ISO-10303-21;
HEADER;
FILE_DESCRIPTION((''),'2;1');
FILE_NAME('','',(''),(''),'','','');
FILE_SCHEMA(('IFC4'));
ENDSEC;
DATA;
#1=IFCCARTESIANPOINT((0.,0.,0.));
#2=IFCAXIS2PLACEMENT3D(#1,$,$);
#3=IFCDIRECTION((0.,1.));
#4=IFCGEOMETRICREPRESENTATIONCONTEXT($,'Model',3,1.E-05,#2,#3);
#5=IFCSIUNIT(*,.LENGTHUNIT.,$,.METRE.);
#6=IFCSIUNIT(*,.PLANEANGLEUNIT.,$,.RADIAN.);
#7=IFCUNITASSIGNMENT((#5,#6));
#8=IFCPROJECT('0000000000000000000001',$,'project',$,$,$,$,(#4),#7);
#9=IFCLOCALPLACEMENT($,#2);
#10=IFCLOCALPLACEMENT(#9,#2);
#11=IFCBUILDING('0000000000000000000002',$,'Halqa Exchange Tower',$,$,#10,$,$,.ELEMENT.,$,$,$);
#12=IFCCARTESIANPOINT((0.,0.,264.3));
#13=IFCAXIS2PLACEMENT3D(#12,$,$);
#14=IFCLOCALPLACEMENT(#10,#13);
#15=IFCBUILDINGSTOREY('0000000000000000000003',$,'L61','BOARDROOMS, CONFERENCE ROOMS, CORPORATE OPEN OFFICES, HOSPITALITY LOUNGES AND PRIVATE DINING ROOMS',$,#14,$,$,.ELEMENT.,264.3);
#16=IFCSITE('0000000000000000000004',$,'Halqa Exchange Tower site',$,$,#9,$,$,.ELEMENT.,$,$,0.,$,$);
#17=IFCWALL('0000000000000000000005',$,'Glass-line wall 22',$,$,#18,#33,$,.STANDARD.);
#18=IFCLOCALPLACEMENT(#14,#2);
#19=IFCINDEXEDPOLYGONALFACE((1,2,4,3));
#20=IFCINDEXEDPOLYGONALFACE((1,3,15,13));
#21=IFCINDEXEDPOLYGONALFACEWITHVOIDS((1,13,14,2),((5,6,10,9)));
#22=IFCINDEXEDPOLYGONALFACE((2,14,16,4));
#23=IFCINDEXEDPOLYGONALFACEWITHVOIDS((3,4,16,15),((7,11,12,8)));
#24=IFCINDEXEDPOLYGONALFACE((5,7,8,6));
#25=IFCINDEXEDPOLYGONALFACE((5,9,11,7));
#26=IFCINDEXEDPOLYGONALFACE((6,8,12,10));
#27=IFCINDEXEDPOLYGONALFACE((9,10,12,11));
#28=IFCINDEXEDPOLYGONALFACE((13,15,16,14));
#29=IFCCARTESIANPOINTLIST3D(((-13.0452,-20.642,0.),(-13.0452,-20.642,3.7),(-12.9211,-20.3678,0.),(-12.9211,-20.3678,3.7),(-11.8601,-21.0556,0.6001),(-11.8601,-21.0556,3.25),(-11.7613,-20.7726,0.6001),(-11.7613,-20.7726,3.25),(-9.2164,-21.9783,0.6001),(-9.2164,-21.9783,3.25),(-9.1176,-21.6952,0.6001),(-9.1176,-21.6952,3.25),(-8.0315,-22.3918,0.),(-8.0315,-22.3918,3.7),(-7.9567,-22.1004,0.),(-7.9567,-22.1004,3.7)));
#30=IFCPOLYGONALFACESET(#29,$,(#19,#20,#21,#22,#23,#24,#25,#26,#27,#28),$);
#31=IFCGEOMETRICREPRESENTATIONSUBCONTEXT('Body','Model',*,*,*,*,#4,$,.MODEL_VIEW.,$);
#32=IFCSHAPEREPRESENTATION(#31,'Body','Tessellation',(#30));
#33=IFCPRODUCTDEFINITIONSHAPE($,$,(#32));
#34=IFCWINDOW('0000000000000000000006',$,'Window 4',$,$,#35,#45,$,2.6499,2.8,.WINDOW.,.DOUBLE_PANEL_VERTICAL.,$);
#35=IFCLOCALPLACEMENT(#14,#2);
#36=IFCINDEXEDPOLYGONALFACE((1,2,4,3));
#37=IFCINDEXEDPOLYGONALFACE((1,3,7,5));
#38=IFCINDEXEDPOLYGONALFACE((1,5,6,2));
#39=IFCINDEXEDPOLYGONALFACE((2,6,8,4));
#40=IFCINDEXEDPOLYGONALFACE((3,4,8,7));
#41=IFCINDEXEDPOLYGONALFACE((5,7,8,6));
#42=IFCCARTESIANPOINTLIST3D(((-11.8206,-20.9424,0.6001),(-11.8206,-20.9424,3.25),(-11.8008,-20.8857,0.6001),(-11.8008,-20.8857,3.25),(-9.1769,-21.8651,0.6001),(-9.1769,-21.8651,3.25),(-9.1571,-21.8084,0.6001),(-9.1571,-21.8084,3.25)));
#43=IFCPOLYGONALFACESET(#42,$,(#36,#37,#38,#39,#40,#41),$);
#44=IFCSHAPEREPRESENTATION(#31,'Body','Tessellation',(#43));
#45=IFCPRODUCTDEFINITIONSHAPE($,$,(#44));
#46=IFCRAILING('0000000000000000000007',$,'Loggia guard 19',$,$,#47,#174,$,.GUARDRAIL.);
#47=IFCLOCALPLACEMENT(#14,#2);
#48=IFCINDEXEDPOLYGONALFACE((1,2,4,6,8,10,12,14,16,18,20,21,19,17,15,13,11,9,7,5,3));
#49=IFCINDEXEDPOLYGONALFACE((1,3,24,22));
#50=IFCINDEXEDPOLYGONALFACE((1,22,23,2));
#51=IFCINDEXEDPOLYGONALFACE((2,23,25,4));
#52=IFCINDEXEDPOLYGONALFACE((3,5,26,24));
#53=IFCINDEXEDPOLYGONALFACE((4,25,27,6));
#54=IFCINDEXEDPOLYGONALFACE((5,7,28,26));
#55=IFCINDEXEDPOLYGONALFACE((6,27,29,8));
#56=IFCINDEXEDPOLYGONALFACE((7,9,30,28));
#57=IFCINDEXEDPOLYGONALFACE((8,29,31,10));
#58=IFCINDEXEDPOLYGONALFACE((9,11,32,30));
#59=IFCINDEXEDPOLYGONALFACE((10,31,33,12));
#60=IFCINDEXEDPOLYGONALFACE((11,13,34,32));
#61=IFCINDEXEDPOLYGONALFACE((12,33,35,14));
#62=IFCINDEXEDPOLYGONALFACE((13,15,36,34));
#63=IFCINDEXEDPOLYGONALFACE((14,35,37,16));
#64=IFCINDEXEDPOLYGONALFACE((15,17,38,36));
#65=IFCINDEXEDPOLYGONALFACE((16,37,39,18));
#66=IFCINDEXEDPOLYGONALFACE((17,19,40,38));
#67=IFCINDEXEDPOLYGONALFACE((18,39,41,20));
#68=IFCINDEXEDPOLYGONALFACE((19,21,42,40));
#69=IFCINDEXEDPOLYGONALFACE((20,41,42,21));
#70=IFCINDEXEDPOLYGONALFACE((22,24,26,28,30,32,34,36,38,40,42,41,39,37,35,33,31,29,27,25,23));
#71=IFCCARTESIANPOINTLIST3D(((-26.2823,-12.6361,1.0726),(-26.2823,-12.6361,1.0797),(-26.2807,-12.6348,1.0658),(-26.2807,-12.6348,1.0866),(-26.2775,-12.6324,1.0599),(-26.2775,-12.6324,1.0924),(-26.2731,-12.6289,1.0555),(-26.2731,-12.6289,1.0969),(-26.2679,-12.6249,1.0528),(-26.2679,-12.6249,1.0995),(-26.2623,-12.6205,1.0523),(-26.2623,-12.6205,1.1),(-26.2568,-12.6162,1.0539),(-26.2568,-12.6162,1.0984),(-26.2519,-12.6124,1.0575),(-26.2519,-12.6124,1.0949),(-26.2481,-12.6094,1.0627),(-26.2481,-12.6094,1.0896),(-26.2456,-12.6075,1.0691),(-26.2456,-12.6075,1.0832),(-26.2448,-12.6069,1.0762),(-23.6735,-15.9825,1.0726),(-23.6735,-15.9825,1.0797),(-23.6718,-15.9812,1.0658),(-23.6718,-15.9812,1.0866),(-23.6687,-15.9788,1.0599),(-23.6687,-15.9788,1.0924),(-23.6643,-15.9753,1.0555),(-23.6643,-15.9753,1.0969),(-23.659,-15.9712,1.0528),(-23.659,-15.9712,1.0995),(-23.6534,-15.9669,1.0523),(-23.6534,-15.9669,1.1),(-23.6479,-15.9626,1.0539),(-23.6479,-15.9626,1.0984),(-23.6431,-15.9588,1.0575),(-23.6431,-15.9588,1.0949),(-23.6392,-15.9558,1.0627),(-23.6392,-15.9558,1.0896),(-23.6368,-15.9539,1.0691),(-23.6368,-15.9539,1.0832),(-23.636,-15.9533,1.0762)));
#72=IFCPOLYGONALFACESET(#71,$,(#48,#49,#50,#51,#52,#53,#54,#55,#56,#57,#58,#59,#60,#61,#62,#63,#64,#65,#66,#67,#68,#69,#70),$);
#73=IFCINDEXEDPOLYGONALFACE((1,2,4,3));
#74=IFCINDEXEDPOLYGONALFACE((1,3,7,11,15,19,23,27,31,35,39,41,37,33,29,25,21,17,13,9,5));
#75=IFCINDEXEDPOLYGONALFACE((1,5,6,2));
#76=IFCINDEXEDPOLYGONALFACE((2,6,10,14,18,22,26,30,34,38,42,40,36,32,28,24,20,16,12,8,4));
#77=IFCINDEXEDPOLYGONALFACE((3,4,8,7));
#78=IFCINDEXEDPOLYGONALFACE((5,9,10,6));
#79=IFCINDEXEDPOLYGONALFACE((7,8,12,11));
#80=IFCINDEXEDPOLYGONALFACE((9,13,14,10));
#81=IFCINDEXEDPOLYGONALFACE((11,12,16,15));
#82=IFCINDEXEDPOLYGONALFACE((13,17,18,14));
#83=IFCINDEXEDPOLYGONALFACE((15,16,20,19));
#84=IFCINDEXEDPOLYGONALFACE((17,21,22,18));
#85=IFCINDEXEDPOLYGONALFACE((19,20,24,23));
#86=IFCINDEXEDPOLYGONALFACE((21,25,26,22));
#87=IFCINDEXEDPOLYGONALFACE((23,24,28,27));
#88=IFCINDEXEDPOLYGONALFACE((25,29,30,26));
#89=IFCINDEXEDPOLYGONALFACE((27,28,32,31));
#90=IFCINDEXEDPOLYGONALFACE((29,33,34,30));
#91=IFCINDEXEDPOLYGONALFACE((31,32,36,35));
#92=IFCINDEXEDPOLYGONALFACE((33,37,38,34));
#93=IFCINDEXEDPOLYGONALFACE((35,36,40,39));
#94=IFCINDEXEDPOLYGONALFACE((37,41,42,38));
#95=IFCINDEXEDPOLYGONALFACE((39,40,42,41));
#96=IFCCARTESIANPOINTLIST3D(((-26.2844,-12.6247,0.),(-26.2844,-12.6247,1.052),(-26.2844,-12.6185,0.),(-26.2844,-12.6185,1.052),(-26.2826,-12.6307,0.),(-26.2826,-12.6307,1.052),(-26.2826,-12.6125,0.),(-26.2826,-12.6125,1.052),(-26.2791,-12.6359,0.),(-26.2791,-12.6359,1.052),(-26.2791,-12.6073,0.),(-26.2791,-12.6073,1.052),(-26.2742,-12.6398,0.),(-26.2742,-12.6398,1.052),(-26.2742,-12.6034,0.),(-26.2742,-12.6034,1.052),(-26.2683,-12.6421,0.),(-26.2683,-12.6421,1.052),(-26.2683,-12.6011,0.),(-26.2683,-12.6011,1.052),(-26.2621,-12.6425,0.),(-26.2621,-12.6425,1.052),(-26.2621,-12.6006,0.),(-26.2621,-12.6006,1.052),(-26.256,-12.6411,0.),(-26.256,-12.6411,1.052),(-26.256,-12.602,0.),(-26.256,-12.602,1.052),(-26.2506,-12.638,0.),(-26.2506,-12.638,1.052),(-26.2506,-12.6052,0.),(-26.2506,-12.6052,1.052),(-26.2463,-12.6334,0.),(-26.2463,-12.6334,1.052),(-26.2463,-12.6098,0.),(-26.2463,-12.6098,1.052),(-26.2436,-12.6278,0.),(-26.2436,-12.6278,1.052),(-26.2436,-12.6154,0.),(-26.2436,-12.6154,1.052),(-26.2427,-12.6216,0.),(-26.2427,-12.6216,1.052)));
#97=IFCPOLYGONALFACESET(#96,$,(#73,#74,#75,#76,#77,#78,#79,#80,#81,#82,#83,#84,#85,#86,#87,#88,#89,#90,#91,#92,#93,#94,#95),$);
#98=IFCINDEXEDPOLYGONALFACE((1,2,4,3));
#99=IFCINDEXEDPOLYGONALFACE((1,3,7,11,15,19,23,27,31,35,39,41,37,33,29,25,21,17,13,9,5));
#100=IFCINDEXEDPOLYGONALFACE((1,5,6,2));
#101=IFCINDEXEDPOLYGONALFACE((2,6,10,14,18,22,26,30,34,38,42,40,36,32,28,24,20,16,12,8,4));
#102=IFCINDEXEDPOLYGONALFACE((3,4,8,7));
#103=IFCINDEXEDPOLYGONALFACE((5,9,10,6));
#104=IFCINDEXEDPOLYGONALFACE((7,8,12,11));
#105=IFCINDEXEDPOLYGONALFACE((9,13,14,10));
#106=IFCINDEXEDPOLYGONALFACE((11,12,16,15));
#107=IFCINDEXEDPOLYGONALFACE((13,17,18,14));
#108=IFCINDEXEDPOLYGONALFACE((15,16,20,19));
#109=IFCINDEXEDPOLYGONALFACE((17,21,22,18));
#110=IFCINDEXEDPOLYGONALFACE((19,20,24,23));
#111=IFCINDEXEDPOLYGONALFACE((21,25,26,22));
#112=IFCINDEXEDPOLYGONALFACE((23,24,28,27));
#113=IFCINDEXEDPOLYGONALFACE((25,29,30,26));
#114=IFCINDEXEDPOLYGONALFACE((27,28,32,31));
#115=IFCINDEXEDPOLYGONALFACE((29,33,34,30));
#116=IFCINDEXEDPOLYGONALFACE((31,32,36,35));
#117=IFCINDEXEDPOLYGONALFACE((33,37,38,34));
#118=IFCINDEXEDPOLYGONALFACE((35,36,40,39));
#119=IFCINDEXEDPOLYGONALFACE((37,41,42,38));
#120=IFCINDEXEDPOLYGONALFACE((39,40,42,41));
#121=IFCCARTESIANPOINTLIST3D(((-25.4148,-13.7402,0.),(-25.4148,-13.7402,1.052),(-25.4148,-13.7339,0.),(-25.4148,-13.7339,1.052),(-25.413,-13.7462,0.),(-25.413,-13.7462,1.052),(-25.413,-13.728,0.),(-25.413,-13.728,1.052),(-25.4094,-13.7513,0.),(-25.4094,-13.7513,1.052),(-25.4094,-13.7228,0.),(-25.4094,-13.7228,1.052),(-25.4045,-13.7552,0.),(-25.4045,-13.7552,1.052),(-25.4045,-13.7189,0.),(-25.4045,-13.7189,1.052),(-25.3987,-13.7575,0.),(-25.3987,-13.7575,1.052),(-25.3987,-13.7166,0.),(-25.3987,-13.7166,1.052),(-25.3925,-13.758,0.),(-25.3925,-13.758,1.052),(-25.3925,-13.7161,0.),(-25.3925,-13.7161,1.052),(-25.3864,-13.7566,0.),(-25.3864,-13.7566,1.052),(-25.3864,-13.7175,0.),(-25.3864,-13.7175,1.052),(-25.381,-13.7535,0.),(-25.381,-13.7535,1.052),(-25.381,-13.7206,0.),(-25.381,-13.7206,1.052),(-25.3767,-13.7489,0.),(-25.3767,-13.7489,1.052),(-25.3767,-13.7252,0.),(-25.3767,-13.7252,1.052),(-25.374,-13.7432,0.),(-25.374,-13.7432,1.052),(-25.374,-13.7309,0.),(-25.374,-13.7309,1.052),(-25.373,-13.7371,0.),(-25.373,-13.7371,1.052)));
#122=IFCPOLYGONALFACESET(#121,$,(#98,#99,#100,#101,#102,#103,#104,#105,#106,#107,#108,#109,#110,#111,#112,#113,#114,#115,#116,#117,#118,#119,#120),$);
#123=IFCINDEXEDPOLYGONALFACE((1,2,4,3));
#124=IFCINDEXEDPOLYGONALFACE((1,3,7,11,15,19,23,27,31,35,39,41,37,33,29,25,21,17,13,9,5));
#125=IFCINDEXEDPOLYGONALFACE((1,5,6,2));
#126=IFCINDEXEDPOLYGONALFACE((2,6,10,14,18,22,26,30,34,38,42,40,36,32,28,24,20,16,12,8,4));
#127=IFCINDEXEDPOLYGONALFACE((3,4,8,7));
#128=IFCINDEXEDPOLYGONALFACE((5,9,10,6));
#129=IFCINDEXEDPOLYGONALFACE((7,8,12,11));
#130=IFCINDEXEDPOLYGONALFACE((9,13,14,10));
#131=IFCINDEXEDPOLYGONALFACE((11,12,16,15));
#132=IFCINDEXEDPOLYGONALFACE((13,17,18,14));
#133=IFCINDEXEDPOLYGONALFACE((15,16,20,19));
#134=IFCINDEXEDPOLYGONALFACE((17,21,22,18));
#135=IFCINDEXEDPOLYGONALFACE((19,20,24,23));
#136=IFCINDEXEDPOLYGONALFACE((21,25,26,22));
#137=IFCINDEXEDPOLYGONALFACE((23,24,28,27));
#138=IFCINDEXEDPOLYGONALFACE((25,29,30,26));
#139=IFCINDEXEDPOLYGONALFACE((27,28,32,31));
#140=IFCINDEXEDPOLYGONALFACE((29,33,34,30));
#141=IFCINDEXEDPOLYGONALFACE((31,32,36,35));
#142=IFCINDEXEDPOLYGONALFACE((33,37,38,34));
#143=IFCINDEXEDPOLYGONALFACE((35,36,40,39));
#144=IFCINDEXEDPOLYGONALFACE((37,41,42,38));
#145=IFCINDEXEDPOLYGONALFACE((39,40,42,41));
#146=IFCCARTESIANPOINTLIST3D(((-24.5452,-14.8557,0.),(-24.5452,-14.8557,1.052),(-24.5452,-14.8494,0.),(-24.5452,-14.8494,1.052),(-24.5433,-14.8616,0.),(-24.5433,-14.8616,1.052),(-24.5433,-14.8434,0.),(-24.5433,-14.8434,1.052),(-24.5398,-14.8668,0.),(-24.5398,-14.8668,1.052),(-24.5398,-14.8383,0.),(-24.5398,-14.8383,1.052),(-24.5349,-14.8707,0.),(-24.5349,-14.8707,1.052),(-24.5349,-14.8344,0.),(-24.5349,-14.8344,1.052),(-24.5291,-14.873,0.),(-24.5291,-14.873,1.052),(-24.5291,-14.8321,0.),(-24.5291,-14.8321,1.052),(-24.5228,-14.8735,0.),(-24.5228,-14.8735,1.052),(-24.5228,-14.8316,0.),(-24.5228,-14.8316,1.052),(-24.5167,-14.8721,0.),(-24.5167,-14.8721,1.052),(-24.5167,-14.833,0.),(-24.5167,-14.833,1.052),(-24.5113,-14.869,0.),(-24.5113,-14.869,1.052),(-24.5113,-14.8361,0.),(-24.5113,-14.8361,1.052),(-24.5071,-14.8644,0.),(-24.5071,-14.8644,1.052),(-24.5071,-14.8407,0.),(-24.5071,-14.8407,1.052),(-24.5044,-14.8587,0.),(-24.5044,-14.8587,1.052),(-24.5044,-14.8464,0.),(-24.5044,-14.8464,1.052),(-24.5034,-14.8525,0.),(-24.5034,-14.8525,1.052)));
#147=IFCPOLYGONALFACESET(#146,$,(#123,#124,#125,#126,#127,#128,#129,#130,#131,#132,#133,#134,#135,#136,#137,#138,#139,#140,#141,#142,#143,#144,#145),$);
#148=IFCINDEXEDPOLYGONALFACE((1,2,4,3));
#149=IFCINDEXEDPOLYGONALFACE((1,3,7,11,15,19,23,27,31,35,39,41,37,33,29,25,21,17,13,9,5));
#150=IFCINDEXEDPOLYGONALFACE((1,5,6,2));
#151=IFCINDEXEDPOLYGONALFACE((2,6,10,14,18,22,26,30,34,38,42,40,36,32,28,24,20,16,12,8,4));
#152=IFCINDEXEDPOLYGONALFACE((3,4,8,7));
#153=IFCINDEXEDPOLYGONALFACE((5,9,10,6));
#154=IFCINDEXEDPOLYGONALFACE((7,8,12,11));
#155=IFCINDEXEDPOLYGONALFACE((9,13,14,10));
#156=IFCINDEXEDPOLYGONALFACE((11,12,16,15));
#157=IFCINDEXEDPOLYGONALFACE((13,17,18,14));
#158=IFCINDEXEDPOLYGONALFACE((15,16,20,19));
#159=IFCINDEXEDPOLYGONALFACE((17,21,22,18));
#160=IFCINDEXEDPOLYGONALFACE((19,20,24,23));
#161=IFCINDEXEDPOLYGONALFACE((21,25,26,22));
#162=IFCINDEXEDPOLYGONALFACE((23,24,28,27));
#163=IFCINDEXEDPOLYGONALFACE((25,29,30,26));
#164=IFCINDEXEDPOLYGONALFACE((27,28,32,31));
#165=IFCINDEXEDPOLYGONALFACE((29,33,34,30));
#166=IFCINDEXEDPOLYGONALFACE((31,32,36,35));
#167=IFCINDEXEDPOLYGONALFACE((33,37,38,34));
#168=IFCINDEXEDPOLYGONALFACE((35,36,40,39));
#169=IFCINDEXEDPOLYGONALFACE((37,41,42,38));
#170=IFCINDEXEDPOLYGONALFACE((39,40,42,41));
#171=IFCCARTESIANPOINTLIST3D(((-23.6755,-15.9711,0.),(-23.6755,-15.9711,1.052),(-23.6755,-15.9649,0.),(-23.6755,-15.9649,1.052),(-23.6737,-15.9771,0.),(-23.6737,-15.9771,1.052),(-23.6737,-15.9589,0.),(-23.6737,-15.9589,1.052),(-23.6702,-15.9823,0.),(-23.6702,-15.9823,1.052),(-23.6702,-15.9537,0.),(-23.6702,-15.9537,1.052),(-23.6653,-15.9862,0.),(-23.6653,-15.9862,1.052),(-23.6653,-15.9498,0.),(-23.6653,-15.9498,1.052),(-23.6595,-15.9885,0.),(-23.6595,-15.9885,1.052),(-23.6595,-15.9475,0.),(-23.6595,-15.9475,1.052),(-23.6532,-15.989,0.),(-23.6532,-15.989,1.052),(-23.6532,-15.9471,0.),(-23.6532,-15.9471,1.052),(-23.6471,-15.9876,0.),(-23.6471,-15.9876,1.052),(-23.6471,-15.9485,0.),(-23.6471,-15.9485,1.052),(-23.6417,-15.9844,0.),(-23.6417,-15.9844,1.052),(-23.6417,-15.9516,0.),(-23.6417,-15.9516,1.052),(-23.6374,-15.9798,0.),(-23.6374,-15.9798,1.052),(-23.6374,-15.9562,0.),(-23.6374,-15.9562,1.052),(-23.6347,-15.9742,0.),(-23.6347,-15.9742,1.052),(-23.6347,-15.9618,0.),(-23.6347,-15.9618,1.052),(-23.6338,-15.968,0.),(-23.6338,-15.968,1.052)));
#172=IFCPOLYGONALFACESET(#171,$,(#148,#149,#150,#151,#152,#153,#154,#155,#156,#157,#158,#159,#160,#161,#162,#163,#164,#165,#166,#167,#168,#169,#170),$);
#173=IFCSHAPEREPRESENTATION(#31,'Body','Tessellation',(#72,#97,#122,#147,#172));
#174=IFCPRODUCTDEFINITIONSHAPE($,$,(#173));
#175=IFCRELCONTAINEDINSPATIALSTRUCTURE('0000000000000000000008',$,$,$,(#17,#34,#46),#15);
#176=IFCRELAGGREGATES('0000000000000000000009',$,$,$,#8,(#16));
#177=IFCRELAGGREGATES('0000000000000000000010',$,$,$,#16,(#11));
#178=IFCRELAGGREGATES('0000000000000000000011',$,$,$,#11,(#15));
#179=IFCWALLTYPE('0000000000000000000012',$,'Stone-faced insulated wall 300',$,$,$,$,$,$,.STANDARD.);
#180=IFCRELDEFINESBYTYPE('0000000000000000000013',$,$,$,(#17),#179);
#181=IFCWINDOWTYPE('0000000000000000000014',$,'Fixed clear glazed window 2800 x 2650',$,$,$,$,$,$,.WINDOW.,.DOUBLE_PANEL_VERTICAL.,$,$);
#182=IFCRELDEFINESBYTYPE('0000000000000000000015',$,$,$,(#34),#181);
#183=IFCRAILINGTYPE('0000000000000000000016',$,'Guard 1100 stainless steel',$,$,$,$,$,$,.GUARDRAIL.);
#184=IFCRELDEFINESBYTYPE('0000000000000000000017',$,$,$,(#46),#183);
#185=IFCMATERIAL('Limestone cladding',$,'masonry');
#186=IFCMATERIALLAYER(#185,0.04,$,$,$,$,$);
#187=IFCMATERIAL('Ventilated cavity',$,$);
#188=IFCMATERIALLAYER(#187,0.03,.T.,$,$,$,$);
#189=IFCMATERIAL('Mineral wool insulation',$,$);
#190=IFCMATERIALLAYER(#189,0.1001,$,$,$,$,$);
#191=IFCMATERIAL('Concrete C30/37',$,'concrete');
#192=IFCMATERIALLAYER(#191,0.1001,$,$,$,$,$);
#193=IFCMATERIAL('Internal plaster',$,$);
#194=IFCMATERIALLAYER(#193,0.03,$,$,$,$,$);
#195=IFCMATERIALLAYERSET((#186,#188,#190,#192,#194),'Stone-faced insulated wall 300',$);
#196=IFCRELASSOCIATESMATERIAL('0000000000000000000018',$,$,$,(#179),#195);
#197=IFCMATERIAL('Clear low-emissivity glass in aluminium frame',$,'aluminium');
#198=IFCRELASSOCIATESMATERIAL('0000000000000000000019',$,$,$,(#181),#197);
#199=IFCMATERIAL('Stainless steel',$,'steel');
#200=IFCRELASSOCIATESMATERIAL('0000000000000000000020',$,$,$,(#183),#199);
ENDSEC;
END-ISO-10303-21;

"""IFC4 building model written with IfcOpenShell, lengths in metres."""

from ifc_helpers import new_model, si_unit, direction, frame, frame_2d, origin, origin_2d, place, context, subcontext, project, spatial, polyline, rectangle, circle, outline, extrude, material, layer, layer_set, type_object, element, fill, save


model = new_model("IFC4")

# Units and contexts
model_context = context("Model", 3, precision=1e-05, world=origin(), true_north=direction((0.0, 1.0)))
body_context = subcontext(model_context, "Body", "Model", "MODEL_VIEW")
ifc_project = project(units=[si_unit("LENGTHUNIT", "METRE"), si_unit("PLANEANGLEUNIT", "RADIAN")], contexts=[model_context])

# Site, building, storey
site_placement = place(None, origin())
site = spatial("IfcSite", under=ifc_project, at=site_placement, Name="Halqa Exchange Tower site", CompositionType="ELEMENT", RefElevation=0.0)
building_placement = place(site_placement, origin())
building = spatial("IfcBuilding", under=site, at=building_placement, Name="Halqa Exchange Tower", CompositionType="ELEMENT")
storey_placement = place(building_placement, frame((0.0, 0.0, 264.3)))
storey = spatial("IfcBuildingStorey", under=building, at=storey_placement, Name="L61", Description="BOARDROOMS, CONFERENCE ROOMS, CORPORATE OPEN OFFICES, HOSPITALITY LOUNGES AND PRIVATE DINING ROOMS", CompositionType="ELEMENT", Elevation=264.3)

# Shared definitions
ifc_material_1 = material(Name="Limestone cladding", Category="masonry")
ifc_layer_1 = layer(ifc_material_1, 0.04)
ifc_material_2 = material(Name="Ventilated cavity")
ifc_layer_2 = layer(ifc_material_2, 0.03, ventilated=True)
ifc_material_3 = material(Name="Mineral wool insulation")
ifc_layer_3 = layer(ifc_material_3, 0.1001)
ifc_material_4 = material(Name="Concrete C30/37", Category="concrete")
ifc_layer_4 = layer(ifc_material_4, 0.1001)
ifc_material_5 = material(Name="Internal plaster")
ifc_layer_5 = layer(ifc_material_5, 0.03)
ifc_layer_set_1 = layer_set([ifc_layer_1, ifc_layer_2, ifc_layer_3, ifc_layer_4, ifc_layer_5], Name="Stone-faced insulated wall 300")
wall_type_1 = type_object("IfcWallType", Name="Stone-faced insulated wall 300", PredefinedType="STANDARD", material=ifc_layer_set_1)
ifc_material_6 = material(Name="Clear low-emissivity glass in aluminium frame", Category="aluminium")

# Wall, opening, window
window_type = type_object("IfcWindowType", Name="Fixed clear glazed window 2800 x 2650", PartitioningType="DOUBLE_PANEL_VERTICAL", PredefinedType="WINDOW", material=ifc_material_6)
wall_1_placement = place(storey_placement, frame((-12.9832, -20.5049, 0.0), z_axis=(0.0, 0.0, 1.0), x_axis=(0.94415, -0.329517, 0.0)))
wall_1 = element("IfcWall", 1, at=wall_1_placement, inside=storey, type_object=wall_type_1, Name="Glass-line wall 22", PredefinedType="STANDARD", context=body_context, shape_type="SweptSolid", body=[
    extrude(outline(polyline([(-0.0134, -0.1499), (5.2969, -0.1499), (5.2715, 0.1499), (0.0134, 0.1499), (-0.0134, -0.1499)])), origin(), (0.0, 0.0, 1.0), 3.7),
])
opening_1_placement = place(wall_1_placement, frame((1.2419, 0.0, 0.6001)))
opening_1 = element("IfcOpeningElement", 2, at=opening_1_placement, cuts=wall_1, PredefinedType="OPENING", context=body_context, shape_type="SweptSolid", body=[
    extrude(rectangle(XDim=2.8, YDim=2.6499, at=frame_2d((1.3999, 1.325))), frame((0.0, 0.1621, 0.0), z_axis=(0.0, -1.0, 0.0), x_axis=(1.0, 0.0, 0.0)), (0.0, 0.0, 1.0), 0.324),
])
window_1_placement = place(opening_1_placement, origin())
window_1 = element("IfcWindow", 3, at=window_1_placement, inside=storey, type_object=window_type, Name="Window 4", OverallHeight=2.6499, OverallWidth=2.8, PartitioningType="DOUBLE_PANEL_VERTICAL", PredefinedType="WINDOW", context=body_context, shape_type="SweptSolid", body=[
    extrude(rectangle(XDim=2.8, YDim=2.6499, at=frame_2d((1.3999, 1.325))), frame((0.0, 0.03, 0.0), z_axis=(0.0, -1.0, 0.0), x_axis=(1.0, 0.0, 0.0)), (0.0, 0.0, 1.0), 0.0601),
])
fill(opening_1, window_1)

# Railing
ifc_material_7 = material(Name="Stainless steel", Category="steel")
railing_type = type_object("IfcRailingType", Name="Guard 1100 stainless steel", PredefinedType="GUARDRAIL", material=ifc_material_7)
railing_1_placement = place(storey_placement, frame((-26.2637, -12.6216, 0.0)))
element("IfcRailing", 4, at=railing_1_placement, inside=storey, type_object=railing_type, Name="Loggia guard 19", PredefinedType="GUARDRAIL", context=body_context, shape_type="SweptSolid", body=[
    extrude(circle(Radius=0.0239, at=origin_2d()), frame((0.0, 0.0, 1.0762), z_axis=(0.614836, -0.788655, 0.0), x_axis=(0.788655, 0.614836, 0.0)), (0.0, 0.0, 1.0), 4.2432),
    extrude(circle(Radius=0.021, at=origin_2d()), origin(), (0.0, 0.0, 1.0), 1.052),
    extrude(circle(Radius=0.021, at=origin_2d()), frame((0.8696, -1.1155, 0.0)), (0.0, 0.0, 1.0), 1.052),
    extrude(circle(Radius=0.021, at=origin_2d()), frame((1.7393, -2.231, 0.0)), (0.0, 0.0, 1.0), 1.052),
    extrude(circle(Radius=0.021, at=origin_2d()), frame((2.6089, -3.3464, 0.0)), (0.0, 0.0, 1.0), 1.052),
])

save(model, "model.ifc")
